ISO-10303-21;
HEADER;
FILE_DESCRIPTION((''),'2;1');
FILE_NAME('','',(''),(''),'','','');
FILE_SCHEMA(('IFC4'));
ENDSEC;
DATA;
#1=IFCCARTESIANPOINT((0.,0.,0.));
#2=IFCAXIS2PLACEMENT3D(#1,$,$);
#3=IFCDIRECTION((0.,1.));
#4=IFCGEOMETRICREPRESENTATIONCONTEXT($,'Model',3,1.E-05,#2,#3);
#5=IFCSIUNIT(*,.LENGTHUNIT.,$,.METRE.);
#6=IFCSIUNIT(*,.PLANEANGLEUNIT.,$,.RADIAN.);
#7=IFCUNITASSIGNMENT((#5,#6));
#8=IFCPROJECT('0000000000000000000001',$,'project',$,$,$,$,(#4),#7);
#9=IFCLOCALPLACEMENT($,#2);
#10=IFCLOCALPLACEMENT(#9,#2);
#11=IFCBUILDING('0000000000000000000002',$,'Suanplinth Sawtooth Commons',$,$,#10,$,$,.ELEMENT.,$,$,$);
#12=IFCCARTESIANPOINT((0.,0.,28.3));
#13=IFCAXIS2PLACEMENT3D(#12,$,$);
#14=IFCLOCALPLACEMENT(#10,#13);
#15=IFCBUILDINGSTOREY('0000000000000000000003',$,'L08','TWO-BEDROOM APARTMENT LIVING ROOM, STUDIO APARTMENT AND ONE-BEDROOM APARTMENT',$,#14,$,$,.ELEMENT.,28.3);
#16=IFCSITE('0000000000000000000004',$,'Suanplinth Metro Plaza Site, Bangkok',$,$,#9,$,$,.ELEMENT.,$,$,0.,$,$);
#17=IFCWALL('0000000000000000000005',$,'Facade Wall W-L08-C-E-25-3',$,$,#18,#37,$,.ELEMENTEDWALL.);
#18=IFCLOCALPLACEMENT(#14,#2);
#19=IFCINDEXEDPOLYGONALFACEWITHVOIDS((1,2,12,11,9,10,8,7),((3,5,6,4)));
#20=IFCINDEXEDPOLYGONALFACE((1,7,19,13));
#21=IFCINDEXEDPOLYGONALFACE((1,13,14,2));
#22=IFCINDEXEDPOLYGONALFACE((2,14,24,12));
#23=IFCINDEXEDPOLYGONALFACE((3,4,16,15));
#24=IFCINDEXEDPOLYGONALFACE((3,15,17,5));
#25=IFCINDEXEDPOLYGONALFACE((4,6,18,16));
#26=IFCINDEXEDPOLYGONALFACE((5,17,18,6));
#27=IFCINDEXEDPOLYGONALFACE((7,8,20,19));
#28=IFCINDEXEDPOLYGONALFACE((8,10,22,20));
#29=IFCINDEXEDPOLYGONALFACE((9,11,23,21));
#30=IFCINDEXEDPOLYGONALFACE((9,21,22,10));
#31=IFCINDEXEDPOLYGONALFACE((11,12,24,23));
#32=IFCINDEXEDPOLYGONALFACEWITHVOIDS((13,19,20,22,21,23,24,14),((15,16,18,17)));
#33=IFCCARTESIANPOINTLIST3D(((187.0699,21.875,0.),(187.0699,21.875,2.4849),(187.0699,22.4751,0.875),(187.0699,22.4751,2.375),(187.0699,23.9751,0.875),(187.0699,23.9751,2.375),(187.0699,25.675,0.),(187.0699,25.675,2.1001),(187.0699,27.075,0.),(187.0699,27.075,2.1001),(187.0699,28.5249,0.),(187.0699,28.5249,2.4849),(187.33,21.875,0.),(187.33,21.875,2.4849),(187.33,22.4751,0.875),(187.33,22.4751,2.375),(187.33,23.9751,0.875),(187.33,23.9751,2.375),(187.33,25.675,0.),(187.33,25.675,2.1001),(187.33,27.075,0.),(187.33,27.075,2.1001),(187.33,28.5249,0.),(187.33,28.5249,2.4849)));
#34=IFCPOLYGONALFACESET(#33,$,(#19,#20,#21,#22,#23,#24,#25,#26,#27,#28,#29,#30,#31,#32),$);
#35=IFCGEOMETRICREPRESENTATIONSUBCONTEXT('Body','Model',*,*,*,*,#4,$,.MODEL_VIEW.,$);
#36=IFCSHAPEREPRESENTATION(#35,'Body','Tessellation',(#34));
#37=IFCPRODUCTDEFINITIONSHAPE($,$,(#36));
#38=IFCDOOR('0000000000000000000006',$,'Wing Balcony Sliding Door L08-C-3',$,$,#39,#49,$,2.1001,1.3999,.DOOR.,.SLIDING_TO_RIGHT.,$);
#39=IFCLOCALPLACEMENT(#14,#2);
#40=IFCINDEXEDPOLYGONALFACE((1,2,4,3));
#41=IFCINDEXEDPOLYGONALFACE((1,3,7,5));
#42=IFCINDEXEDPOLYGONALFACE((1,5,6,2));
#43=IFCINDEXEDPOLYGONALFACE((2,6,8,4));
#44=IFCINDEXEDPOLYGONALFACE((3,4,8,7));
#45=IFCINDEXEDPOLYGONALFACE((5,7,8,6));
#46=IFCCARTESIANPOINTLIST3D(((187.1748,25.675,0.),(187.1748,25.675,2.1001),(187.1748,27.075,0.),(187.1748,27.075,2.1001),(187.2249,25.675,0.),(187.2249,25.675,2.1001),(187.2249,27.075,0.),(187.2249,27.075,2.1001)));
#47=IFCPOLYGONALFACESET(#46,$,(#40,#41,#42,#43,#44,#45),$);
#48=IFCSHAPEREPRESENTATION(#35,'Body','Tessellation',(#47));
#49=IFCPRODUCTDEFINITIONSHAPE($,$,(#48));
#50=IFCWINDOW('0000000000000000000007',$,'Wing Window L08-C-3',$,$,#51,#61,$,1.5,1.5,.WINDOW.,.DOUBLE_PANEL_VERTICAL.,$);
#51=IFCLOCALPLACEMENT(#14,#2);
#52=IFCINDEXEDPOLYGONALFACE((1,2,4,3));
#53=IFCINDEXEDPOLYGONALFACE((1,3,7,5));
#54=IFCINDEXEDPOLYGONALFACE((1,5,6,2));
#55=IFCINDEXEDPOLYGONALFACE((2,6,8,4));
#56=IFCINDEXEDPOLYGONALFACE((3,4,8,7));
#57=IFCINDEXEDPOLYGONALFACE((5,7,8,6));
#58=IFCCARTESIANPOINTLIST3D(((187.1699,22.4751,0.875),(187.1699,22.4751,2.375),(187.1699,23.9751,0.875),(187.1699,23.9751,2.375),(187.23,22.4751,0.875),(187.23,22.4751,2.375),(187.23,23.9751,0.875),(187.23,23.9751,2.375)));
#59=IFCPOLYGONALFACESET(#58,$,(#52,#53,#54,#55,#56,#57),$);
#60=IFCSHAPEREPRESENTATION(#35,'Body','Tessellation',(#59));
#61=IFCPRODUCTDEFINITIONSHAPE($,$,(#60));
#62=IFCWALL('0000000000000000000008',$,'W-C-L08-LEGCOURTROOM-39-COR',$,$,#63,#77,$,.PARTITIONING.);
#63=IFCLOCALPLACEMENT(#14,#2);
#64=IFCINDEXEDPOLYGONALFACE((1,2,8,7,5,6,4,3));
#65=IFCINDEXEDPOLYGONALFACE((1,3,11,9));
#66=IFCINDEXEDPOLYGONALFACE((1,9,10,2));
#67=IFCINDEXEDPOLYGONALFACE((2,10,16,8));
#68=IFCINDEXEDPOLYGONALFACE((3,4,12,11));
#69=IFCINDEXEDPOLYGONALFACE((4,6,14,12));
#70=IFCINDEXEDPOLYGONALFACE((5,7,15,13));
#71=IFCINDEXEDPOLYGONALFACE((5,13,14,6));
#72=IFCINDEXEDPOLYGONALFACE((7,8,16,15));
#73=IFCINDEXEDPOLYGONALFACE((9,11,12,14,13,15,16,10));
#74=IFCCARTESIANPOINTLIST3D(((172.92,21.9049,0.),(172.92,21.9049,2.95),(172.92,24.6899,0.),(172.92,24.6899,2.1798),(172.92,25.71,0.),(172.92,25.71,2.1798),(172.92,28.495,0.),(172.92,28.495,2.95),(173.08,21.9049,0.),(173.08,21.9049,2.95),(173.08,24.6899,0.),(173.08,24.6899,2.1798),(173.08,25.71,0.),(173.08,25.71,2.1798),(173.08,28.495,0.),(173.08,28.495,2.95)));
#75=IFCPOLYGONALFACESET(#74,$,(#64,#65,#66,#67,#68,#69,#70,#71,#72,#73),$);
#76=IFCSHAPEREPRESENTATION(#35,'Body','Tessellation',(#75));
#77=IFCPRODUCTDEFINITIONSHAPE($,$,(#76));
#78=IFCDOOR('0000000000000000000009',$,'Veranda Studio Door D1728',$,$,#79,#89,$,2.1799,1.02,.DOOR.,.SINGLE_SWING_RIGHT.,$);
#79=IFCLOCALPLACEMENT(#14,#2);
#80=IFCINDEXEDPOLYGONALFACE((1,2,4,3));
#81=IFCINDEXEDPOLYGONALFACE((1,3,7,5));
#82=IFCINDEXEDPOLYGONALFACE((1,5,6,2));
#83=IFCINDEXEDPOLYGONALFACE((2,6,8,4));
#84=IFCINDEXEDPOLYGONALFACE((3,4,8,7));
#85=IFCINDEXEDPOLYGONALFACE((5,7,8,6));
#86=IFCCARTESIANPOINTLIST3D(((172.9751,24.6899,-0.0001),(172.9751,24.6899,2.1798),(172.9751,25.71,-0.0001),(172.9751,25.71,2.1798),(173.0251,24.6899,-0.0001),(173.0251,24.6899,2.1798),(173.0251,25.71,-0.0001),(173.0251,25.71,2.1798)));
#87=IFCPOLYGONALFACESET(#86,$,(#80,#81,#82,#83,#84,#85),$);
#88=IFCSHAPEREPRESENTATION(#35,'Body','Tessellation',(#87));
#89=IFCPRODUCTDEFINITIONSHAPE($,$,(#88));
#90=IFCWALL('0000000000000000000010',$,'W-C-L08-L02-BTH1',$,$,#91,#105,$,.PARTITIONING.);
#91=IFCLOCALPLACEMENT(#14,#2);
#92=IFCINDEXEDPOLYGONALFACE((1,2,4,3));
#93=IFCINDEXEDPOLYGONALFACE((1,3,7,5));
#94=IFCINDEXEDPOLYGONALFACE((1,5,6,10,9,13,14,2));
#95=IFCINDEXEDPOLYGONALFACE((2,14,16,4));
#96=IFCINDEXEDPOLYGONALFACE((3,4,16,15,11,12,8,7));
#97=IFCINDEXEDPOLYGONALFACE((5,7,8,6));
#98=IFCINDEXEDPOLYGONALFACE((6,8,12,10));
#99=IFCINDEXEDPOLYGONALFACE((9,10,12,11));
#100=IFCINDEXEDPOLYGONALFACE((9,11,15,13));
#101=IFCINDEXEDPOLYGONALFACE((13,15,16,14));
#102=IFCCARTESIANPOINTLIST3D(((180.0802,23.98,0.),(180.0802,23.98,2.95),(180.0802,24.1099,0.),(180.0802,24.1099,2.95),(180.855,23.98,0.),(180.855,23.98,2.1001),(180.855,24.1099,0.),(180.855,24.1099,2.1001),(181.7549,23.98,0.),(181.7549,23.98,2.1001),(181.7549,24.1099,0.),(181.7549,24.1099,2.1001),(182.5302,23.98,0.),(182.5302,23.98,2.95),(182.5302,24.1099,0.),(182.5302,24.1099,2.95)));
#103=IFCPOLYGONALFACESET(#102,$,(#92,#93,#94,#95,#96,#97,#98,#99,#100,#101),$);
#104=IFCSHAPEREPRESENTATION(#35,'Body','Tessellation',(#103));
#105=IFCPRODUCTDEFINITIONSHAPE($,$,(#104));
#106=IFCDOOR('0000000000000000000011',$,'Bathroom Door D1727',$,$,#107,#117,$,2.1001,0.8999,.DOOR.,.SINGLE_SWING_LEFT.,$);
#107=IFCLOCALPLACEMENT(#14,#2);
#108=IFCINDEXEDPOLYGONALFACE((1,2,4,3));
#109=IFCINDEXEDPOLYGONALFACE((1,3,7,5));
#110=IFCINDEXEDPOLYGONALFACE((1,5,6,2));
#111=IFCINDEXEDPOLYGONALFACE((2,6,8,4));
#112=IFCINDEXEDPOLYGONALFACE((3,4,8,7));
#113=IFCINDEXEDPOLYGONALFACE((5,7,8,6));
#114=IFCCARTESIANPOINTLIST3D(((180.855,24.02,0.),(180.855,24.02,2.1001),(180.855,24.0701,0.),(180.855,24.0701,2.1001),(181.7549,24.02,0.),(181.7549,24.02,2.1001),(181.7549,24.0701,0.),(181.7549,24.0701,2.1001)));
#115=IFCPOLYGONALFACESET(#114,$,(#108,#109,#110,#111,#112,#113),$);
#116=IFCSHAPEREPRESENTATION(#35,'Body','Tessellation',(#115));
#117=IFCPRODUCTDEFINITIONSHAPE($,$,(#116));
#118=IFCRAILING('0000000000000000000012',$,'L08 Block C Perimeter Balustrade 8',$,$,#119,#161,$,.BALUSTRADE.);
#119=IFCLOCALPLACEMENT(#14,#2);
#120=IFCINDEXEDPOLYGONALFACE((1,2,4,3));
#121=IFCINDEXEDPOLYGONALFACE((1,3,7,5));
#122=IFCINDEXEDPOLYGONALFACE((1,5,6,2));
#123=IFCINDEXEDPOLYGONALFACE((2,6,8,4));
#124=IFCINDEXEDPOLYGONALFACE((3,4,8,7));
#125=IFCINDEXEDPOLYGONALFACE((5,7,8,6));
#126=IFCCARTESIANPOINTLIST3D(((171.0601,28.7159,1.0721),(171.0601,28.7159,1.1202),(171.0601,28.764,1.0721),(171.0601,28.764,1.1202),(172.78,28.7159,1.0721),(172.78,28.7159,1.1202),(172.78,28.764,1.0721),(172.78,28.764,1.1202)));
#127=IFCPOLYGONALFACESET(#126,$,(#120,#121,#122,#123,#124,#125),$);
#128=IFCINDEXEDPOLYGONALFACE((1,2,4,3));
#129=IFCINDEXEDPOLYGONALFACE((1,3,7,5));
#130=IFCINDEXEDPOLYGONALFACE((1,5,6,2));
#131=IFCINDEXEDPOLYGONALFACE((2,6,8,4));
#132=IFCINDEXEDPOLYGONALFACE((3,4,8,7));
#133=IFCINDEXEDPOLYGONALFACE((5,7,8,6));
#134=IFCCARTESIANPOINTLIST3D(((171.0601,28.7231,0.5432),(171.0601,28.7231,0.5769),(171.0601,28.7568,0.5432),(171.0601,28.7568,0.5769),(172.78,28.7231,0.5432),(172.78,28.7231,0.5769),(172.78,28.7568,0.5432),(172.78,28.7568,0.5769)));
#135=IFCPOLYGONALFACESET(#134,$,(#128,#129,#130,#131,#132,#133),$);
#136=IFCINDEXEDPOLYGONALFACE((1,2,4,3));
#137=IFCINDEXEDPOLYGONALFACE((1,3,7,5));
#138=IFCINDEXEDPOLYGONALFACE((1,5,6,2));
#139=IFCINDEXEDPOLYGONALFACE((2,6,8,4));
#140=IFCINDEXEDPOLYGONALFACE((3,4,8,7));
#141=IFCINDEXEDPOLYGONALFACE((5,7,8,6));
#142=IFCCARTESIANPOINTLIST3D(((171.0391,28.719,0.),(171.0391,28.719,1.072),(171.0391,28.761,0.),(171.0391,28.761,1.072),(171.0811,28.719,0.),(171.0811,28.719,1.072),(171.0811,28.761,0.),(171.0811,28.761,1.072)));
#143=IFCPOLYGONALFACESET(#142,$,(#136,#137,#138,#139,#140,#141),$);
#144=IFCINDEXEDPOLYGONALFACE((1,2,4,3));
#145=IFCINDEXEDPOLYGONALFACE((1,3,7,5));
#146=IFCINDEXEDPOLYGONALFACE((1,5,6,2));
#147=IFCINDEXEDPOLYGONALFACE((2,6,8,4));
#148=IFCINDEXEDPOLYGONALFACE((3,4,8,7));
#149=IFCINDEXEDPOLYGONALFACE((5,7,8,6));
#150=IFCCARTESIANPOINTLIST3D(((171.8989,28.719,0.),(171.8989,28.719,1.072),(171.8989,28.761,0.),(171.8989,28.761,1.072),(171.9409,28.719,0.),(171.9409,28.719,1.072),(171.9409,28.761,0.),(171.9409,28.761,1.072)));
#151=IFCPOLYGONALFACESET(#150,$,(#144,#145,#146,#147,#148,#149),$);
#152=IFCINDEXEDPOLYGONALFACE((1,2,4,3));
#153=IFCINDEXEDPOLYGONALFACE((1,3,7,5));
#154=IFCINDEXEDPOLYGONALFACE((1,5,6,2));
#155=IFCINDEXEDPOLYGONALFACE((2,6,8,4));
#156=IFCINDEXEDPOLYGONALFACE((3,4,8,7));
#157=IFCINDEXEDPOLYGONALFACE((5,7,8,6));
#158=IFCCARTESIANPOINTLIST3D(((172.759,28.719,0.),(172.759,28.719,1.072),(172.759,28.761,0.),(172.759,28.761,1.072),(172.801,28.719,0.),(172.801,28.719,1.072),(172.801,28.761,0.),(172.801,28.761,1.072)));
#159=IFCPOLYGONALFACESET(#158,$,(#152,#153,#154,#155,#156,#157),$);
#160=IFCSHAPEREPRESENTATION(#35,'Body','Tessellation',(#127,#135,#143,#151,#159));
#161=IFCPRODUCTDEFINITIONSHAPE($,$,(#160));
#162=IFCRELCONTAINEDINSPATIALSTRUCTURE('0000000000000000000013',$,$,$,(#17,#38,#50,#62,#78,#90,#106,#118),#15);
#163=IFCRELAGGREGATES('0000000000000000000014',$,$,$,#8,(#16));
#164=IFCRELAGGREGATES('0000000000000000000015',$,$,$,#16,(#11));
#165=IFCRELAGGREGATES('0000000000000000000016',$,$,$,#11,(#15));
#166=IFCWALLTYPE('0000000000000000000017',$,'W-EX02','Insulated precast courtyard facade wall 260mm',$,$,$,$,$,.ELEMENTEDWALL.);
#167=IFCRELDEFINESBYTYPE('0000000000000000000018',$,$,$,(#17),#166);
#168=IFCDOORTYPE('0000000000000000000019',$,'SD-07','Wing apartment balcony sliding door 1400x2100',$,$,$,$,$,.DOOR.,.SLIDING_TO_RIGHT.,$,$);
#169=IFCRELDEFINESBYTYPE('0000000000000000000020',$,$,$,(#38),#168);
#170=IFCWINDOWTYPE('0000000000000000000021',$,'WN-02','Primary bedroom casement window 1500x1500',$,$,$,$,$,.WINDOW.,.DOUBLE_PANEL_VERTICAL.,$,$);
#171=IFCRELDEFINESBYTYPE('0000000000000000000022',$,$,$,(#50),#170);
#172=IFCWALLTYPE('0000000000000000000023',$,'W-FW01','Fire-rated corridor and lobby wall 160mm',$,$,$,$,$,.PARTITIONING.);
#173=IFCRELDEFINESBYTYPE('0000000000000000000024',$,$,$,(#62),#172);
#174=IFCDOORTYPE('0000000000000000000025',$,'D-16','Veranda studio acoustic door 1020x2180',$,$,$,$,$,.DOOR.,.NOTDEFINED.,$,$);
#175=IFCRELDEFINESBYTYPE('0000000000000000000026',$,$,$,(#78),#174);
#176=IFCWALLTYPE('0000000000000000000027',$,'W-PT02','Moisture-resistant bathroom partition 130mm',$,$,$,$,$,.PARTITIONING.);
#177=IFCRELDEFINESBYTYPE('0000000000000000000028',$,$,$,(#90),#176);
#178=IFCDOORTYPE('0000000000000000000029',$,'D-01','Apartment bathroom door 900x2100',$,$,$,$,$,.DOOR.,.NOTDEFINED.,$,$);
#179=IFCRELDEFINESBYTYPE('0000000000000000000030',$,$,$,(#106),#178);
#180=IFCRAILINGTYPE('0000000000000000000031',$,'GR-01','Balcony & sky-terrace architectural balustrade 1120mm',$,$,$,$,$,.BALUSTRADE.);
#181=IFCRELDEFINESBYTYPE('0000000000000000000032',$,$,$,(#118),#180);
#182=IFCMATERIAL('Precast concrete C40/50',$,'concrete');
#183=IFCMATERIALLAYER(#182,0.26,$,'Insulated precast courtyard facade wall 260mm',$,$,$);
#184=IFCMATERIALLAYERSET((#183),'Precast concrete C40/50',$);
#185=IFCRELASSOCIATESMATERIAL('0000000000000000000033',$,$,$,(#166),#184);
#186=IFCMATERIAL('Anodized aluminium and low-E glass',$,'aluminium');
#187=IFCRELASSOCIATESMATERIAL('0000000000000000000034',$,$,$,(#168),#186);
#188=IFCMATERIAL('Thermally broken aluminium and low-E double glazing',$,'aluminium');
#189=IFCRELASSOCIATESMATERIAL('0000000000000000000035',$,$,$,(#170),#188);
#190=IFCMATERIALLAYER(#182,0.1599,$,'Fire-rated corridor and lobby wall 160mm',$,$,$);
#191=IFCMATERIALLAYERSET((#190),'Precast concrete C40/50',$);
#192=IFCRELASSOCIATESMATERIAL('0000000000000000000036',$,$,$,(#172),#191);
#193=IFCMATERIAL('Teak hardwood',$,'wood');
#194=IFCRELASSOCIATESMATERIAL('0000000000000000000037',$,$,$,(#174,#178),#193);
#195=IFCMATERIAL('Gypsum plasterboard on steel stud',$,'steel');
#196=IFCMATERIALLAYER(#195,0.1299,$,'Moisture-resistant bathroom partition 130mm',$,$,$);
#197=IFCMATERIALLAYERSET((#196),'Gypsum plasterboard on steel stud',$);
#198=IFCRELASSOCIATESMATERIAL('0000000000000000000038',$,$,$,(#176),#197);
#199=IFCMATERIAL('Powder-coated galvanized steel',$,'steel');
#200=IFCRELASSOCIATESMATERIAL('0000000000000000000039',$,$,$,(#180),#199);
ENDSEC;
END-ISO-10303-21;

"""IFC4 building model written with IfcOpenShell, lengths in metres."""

from ifc_helpers import new_model, si_unit, direction, frame, frame_2d, origin, origin_2d, place, context, subcontext, project, spatial, rectangle, extrude, material, layer, layer_set, type_object, element, fill, save


model = new_model("IFC4")

# Units and contexts
model_context = context("Model", 3, precision=1e-05, world=origin(), true_north=direction((0.0, 1.0)))
body_context = subcontext(model_context, "Body", "Model", "MODEL_VIEW")
ifc_project = project(units=[si_unit("LENGTHUNIT", "METRE"), si_unit("PLANEANGLEUNIT", "RADIAN")], contexts=[model_context])

# Site, building, storey
site_placement = place(None, origin())
site = spatial("IfcSite", under=ifc_project, at=site_placement, Name="Suanplinth Metro Plaza Site, Bangkok", CompositionType="ELEMENT", RefElevation=0.0)
building_placement = place(site_placement, origin())
building = spatial("IfcBuilding", under=site, at=building_placement, Name="Suanplinth Sawtooth Commons", CompositionType="ELEMENT")
storey_placement = place(building_placement, frame((0.0, 0.0, 28.3)))
storey = spatial("IfcBuildingStorey", under=building, at=storey_placement, Name="L08", Description="TWO-BEDROOM APARTMENT LIVING ROOM, STUDIO APARTMENT AND ONE-BEDROOM APARTMENT", CompositionType="ELEMENT", Elevation=28.3)

# Shared definitions
ifc_material_1 = material(Name="Precast concrete C40/50", Category="concrete")

# Shared definitions
ifc_layer_1 = layer(ifc_material_1, 0.26, Name="Insulated precast courtyard facade wall 260mm")
ifc_layer_set_1 = layer_set([ifc_layer_1], Name="Precast concrete C40/50")
wall_type_1 = type_object("IfcWallType", Name="W-EX02", Description="Insulated precast courtyard facade wall 260mm", PredefinedType="ELEMENTEDWALL", material=ifc_layer_set_1)
ifc_material_2 = material(Name="Thermally broken aluminium and low-E double glazing", Category="aluminium")

# Shared definitions
ifc_material_3 = material(Name="Anodized aluminium and low-E glass", Category="aluminium")

# Wall, openings, door, window
wall_1_placement = place(storey_placement, frame((187.2, 21.875, 0.0), z_axis=(0.0, 0.0, 1.0), x_axis=(0.0, 1.0, 0.0)))
wall_1 = element("IfcWall", 1, at=wall_1_placement, inside=storey, type_object=wall_type_1, Name="Facade Wall W-L08-C-E-25-3", PredefinedType="ELEMENTEDWALL", context=body_context, shape_type="SweptSolid", body=[
    extrude(rectangle(XDim=6.6499, YDim=0.26, at=frame_2d((3.325, 0.0))), origin(), (0.0, 0.0, 1.0), 2.4849),
])
opening_1_placement = place(wall_1_placement, frame((3.8, 0.0, 0.0)))
opening_1 = element("IfcOpeningElement", 2, at=opening_1_placement, cuts=wall_1, PredefinedType="OPENING", context=body_context, shape_type="SweptSolid", body=[
    extrude(rectangle(XDim=1.3999, YDim=2.1001, at=frame_2d((0.7, 1.05))), frame((0.0, 0.145, 0.0), z_axis=(0.0, -1.0, 0.0), x_axis=(1.0, 0.0, 0.0)), (0.0, 0.0, 1.0), 0.2898),
])
opening_2_placement = place(wall_1_placement, frame((0.6001, 0.0, 0.875)))
opening_2 = element("IfcOpeningElement", 3, at=opening_2_placement, cuts=wall_1, PredefinedType="OPENING", context=body_context, shape_type="SweptSolid", body=[
    extrude(rectangle(XDim=1.5, YDim=1.5, at=frame_2d((0.75, 0.75))), frame((0.0, 0.145, 0.0), z_axis=(0.0, -1.0, 0.0), x_axis=(1.0, 0.0, 0.0)), (0.0, 0.0, 1.0), 0.2898),
])
door_type_1 = type_object("IfcDoorType", Name="SD-07", Description="Wing apartment balcony sliding door 1400x2100", OperationType="SLIDING_TO_RIGHT", PredefinedType="DOOR", material=ifc_material_3)
door_1_placement = place(opening_1_placement, frame((1.3999, 0.0, 0.0), z_axis=(0.0, 0.0, 1.0), x_axis=(-1.0, 0.0, 0.0)))
door_1 = element("IfcDoor", 4, at=door_1_placement, inside=storey, type_object=door_type_1, Name="Wing Balcony Sliding Door L08-C-3", OperationType="SLIDING_TO_RIGHT", OverallHeight=2.1001, OverallWidth=1.3999, PredefinedType="DOOR", context=body_context, shape_type="SweptSolid", body=[
    extrude(rectangle(XDim=1.3999, YDim=2.1001, at=frame_2d((0.7, 1.05))), frame((0.0, 0.0249, 0.0), z_axis=(0.0, -1.0, 0.0), x_axis=(1.0, 0.0, 0.0)), (0.0, 0.0, 1.0), 0.05),
])
fill(opening_1, door_1)
window_type_1 = type_object("IfcWindowType", Name="WN-02", Description="Primary bedroom casement window 1500x1500", PartitioningType="DOUBLE_PANEL_VERTICAL", PredefinedType="WINDOW", material=ifc_material_2)
window_1_placement = place(opening_2_placement, origin())
window_1 = element("IfcWindow", 5, at=window_1_placement, inside=storey, type_object=window_type_1, Name="Wing Window L08-C-3", OverallHeight=1.5, OverallWidth=1.5, PartitioningType="DOUBLE_PANEL_VERTICAL", PredefinedType="WINDOW", context=body_context, shape_type="SweptSolid", body=[
    extrude(rectangle(XDim=1.5, YDim=1.5, at=frame_2d((0.75, 0.75))), frame((0.0, 0.03, 0.0), z_axis=(0.0, -1.0, 0.0), x_axis=(1.0, 0.0, 0.0)), (0.0, 0.0, 1.0), 0.0601),
])
fill(opening_2, window_1)

# Walls, openings, doors
ifc_layer_2 = layer(ifc_material_1, 0.1599, Name="Fire-rated corridor and lobby wall 160mm")
ifc_layer_set_2 = layer_set([ifc_layer_2], Name="Precast concrete C40/50")
wall_type_2 = type_object("IfcWallType", Name="W-FW01", Description="Fire-rated corridor and lobby wall 160mm", PredefinedType="PARTITIONING", material=ifc_layer_set_2)
wall_2_placement = place(storey_placement, frame((173.0, 21.905, 0.0), z_axis=(0.0, 0.0, 1.0), x_axis=(0.0, 1.0, 0.0)))
wall_2 = element("IfcWall", 6, at=wall_2_placement, inside=storey, type_object=wall_type_2, Name="W-C-L08-LEGCOURTROOM-39-COR", PredefinedType="PARTITIONING", context=body_context, shape_type="SweptSolid", body=[
    extrude(rectangle(XDim=6.5901, YDim=0.1599, at=frame_2d((3.2949, 0.0))), origin(), (0.0, 0.0, 1.0), 2.95),
])
opening_3_placement = place(wall_2_placement, frame((2.7849, 0.0, 0.0)))
opening_3 = element("IfcOpeningElement", 7, at=opening_3_placement, cuts=wall_2, PredefinedType="OPENING", context=body_context, shape_type="SweptSolid", body=[
    extrude(rectangle(XDim=1.02, YDim=2.1799, at=frame_2d((0.51, 1.0898))), frame((0.0, 0.0947, 0.0), z_axis=(0.0, -1.0, 0.0), x_axis=(1.0, 0.0, 0.0)), (0.0, 0.0, 1.0), 0.1897),
])
ifc_material_4 = material(Name="Teak hardwood", Category="wood")
door_type_2 = type_object("IfcDoorType", Name="D-16", Description="Veranda studio acoustic door 1020x2180", OperationType="NOTDEFINED", PredefinedType="DOOR", material=ifc_material_4)
door_2_placement = place(opening_3_placement, origin())
door_2 = element("IfcDoor", 8, at=door_2_placement, inside=storey, type_object=door_type_2, Name="Veranda Studio Door D1728", OperationType="SINGLE_SWING_RIGHT", OverallHeight=2.1799, OverallWidth=1.02, PredefinedType="DOOR", context=body_context, shape_type="SweptSolid", body=[
    extrude(rectangle(XDim=1.02, YDim=2.1799, at=frame_2d((0.51, 1.0898))), frame((0.0, 0.0249, 0.0), z_axis=(0.0, -1.0, 0.0), x_axis=(1.0, 0.0, 0.0)), (0.0, 0.0, 1.0), 0.05),
])
fill(opening_3, door_2)
ifc_material_5 = material(Name="Gypsum plasterboard on steel stud", Category="steel")
ifc_layer_3 = layer(ifc_material_5, 0.1299, Name="Moisture-resistant bathroom partition 130mm")
ifc_layer_set_3 = layer_set([ifc_layer_3], Name="Gypsum plasterboard on steel stud")
wall_type_3 = type_object("IfcWallType", Name="W-PT02", Description="Moisture-resistant bathroom partition 130mm", PredefinedType="PARTITIONING", material=ifc_layer_set_3)
wall_3_placement = place(storey_placement, frame((180.0801, 24.0449, 0.0), z_axis=(0.0, 0.0, 1.0), x_axis=(1.0, 0.0, 0.0)))
wall_3 = element("IfcWall", 9, at=wall_3_placement, inside=storey, type_object=wall_type_3, Name="W-C-L08-L02-BTH1", PredefinedType="PARTITIONING", context=body_context, shape_type="SweptSolid", body=[
    extrude(rectangle(XDim=2.45, YDim=0.1299, at=frame_2d((1.2251, 0.0))), origin(), (0.0, 0.0, 1.0), 2.95),
])
opening_4_placement = place(wall_3_placement, frame((0.7749, 0.0, 0.0)))
opening_4 = element("IfcOpeningElement", 10, at=opening_4_placement, cuts=wall_3, PredefinedType="OPENING", context=body_context, shape_type="SweptSolid", body=[
    extrude(rectangle(XDim=0.8999, YDim=2.1001, at=frame_2d((0.45, 1.05))), frame((0.0, 0.0798, 0.0), z_axis=(0.0, -1.0, 0.0), x_axis=(1.0, 0.0, 0.0)), (0.0, 0.0, 1.0), 0.1597),
])
door_type_3 = type_object("IfcDoorType", Name="D-01", Description="Apartment bathroom door 900x2100", OperationType="NOTDEFINED", PredefinedType="DOOR", material=ifc_material_4)
door_3_placement = place(opening_4_placement, frame((0.8999, 0.0, 0.0), z_axis=(0.0, 0.0, 1.0), x_axis=(-1.0, 0.0, 0.0)))
door_3 = element("IfcDoor", 11, at=door_3_placement, inside=storey, type_object=door_type_3, Name="Bathroom Door D1727", OperationType="SINGLE_SWING_LEFT", OverallHeight=2.1001, OverallWidth=0.8999, PredefinedType="DOOR", context=body_context, shape_type="SweptSolid", body=[
    extrude(rectangle(XDim=0.8999, YDim=2.1001, at=frame_2d((0.45, 1.05))), frame((0.0, 0.0249, 0.0), z_axis=(0.0, -1.0, 0.0), x_axis=(1.0, 0.0, 0.0)), (0.0, 0.0, 1.0), 0.05),
])
fill(opening_4, door_3)

# Railing
ifc_material_6 = material(Name="Powder-coated galvanized steel", Category="steel")
railing_type = type_object("IfcRailingType", Name="GR-01", Description="Balcony & sky-terrace architectural balustrade 1120mm", PredefinedType="BALUSTRADE", material=ifc_material_6)
railing_1_placement = place(storey_placement, frame((171.0601, 28.74, 0.0)))
element("IfcRailing", 12, at=railing_1_placement, inside=storey, type_object=railing_type, Name="L08 Block C Perimeter Balustrade 8", PredefinedType="BALUSTRADE", context=body_context, shape_type="SweptSolid", body=[
    extrude(rectangle(XDim=0.0481, YDim=0.0481, at=origin_2d()), frame((0.0, 0.0, 1.0962), z_axis=(1.0, 0.0, 0.0), x_axis=(0.0, 1.0, 0.0)), (0.0, 0.0, 1.0), 1.72),
    extrude(rectangle(XDim=0.0337, YDim=0.0337, at=origin_2d()), frame((0.0, 0.0, 0.5601), z_axis=(1.0, 0.0, 0.0), x_axis=(0.0, 1.0, 0.0)), (0.0, 0.0, 1.0), 1.72),
    extrude(rectangle(XDim=0.042, YDim=0.042, at=origin_2d()), origin(), (0.0, 0.0, 1.0), 1.072),
    extrude(rectangle(XDim=0.042, YDim=0.042, at=origin_2d()), frame((0.8599, 0.0, 0.0)), (0.0, 0.0, 1.0), 1.072),
    extrude(rectangle(XDim=0.042, YDim=0.042, at=origin_2d()), frame((1.72, 0.0, 0.0)), (0.0, 0.0, 1.0), 1.072),
])

save(model, "model.ifc")
